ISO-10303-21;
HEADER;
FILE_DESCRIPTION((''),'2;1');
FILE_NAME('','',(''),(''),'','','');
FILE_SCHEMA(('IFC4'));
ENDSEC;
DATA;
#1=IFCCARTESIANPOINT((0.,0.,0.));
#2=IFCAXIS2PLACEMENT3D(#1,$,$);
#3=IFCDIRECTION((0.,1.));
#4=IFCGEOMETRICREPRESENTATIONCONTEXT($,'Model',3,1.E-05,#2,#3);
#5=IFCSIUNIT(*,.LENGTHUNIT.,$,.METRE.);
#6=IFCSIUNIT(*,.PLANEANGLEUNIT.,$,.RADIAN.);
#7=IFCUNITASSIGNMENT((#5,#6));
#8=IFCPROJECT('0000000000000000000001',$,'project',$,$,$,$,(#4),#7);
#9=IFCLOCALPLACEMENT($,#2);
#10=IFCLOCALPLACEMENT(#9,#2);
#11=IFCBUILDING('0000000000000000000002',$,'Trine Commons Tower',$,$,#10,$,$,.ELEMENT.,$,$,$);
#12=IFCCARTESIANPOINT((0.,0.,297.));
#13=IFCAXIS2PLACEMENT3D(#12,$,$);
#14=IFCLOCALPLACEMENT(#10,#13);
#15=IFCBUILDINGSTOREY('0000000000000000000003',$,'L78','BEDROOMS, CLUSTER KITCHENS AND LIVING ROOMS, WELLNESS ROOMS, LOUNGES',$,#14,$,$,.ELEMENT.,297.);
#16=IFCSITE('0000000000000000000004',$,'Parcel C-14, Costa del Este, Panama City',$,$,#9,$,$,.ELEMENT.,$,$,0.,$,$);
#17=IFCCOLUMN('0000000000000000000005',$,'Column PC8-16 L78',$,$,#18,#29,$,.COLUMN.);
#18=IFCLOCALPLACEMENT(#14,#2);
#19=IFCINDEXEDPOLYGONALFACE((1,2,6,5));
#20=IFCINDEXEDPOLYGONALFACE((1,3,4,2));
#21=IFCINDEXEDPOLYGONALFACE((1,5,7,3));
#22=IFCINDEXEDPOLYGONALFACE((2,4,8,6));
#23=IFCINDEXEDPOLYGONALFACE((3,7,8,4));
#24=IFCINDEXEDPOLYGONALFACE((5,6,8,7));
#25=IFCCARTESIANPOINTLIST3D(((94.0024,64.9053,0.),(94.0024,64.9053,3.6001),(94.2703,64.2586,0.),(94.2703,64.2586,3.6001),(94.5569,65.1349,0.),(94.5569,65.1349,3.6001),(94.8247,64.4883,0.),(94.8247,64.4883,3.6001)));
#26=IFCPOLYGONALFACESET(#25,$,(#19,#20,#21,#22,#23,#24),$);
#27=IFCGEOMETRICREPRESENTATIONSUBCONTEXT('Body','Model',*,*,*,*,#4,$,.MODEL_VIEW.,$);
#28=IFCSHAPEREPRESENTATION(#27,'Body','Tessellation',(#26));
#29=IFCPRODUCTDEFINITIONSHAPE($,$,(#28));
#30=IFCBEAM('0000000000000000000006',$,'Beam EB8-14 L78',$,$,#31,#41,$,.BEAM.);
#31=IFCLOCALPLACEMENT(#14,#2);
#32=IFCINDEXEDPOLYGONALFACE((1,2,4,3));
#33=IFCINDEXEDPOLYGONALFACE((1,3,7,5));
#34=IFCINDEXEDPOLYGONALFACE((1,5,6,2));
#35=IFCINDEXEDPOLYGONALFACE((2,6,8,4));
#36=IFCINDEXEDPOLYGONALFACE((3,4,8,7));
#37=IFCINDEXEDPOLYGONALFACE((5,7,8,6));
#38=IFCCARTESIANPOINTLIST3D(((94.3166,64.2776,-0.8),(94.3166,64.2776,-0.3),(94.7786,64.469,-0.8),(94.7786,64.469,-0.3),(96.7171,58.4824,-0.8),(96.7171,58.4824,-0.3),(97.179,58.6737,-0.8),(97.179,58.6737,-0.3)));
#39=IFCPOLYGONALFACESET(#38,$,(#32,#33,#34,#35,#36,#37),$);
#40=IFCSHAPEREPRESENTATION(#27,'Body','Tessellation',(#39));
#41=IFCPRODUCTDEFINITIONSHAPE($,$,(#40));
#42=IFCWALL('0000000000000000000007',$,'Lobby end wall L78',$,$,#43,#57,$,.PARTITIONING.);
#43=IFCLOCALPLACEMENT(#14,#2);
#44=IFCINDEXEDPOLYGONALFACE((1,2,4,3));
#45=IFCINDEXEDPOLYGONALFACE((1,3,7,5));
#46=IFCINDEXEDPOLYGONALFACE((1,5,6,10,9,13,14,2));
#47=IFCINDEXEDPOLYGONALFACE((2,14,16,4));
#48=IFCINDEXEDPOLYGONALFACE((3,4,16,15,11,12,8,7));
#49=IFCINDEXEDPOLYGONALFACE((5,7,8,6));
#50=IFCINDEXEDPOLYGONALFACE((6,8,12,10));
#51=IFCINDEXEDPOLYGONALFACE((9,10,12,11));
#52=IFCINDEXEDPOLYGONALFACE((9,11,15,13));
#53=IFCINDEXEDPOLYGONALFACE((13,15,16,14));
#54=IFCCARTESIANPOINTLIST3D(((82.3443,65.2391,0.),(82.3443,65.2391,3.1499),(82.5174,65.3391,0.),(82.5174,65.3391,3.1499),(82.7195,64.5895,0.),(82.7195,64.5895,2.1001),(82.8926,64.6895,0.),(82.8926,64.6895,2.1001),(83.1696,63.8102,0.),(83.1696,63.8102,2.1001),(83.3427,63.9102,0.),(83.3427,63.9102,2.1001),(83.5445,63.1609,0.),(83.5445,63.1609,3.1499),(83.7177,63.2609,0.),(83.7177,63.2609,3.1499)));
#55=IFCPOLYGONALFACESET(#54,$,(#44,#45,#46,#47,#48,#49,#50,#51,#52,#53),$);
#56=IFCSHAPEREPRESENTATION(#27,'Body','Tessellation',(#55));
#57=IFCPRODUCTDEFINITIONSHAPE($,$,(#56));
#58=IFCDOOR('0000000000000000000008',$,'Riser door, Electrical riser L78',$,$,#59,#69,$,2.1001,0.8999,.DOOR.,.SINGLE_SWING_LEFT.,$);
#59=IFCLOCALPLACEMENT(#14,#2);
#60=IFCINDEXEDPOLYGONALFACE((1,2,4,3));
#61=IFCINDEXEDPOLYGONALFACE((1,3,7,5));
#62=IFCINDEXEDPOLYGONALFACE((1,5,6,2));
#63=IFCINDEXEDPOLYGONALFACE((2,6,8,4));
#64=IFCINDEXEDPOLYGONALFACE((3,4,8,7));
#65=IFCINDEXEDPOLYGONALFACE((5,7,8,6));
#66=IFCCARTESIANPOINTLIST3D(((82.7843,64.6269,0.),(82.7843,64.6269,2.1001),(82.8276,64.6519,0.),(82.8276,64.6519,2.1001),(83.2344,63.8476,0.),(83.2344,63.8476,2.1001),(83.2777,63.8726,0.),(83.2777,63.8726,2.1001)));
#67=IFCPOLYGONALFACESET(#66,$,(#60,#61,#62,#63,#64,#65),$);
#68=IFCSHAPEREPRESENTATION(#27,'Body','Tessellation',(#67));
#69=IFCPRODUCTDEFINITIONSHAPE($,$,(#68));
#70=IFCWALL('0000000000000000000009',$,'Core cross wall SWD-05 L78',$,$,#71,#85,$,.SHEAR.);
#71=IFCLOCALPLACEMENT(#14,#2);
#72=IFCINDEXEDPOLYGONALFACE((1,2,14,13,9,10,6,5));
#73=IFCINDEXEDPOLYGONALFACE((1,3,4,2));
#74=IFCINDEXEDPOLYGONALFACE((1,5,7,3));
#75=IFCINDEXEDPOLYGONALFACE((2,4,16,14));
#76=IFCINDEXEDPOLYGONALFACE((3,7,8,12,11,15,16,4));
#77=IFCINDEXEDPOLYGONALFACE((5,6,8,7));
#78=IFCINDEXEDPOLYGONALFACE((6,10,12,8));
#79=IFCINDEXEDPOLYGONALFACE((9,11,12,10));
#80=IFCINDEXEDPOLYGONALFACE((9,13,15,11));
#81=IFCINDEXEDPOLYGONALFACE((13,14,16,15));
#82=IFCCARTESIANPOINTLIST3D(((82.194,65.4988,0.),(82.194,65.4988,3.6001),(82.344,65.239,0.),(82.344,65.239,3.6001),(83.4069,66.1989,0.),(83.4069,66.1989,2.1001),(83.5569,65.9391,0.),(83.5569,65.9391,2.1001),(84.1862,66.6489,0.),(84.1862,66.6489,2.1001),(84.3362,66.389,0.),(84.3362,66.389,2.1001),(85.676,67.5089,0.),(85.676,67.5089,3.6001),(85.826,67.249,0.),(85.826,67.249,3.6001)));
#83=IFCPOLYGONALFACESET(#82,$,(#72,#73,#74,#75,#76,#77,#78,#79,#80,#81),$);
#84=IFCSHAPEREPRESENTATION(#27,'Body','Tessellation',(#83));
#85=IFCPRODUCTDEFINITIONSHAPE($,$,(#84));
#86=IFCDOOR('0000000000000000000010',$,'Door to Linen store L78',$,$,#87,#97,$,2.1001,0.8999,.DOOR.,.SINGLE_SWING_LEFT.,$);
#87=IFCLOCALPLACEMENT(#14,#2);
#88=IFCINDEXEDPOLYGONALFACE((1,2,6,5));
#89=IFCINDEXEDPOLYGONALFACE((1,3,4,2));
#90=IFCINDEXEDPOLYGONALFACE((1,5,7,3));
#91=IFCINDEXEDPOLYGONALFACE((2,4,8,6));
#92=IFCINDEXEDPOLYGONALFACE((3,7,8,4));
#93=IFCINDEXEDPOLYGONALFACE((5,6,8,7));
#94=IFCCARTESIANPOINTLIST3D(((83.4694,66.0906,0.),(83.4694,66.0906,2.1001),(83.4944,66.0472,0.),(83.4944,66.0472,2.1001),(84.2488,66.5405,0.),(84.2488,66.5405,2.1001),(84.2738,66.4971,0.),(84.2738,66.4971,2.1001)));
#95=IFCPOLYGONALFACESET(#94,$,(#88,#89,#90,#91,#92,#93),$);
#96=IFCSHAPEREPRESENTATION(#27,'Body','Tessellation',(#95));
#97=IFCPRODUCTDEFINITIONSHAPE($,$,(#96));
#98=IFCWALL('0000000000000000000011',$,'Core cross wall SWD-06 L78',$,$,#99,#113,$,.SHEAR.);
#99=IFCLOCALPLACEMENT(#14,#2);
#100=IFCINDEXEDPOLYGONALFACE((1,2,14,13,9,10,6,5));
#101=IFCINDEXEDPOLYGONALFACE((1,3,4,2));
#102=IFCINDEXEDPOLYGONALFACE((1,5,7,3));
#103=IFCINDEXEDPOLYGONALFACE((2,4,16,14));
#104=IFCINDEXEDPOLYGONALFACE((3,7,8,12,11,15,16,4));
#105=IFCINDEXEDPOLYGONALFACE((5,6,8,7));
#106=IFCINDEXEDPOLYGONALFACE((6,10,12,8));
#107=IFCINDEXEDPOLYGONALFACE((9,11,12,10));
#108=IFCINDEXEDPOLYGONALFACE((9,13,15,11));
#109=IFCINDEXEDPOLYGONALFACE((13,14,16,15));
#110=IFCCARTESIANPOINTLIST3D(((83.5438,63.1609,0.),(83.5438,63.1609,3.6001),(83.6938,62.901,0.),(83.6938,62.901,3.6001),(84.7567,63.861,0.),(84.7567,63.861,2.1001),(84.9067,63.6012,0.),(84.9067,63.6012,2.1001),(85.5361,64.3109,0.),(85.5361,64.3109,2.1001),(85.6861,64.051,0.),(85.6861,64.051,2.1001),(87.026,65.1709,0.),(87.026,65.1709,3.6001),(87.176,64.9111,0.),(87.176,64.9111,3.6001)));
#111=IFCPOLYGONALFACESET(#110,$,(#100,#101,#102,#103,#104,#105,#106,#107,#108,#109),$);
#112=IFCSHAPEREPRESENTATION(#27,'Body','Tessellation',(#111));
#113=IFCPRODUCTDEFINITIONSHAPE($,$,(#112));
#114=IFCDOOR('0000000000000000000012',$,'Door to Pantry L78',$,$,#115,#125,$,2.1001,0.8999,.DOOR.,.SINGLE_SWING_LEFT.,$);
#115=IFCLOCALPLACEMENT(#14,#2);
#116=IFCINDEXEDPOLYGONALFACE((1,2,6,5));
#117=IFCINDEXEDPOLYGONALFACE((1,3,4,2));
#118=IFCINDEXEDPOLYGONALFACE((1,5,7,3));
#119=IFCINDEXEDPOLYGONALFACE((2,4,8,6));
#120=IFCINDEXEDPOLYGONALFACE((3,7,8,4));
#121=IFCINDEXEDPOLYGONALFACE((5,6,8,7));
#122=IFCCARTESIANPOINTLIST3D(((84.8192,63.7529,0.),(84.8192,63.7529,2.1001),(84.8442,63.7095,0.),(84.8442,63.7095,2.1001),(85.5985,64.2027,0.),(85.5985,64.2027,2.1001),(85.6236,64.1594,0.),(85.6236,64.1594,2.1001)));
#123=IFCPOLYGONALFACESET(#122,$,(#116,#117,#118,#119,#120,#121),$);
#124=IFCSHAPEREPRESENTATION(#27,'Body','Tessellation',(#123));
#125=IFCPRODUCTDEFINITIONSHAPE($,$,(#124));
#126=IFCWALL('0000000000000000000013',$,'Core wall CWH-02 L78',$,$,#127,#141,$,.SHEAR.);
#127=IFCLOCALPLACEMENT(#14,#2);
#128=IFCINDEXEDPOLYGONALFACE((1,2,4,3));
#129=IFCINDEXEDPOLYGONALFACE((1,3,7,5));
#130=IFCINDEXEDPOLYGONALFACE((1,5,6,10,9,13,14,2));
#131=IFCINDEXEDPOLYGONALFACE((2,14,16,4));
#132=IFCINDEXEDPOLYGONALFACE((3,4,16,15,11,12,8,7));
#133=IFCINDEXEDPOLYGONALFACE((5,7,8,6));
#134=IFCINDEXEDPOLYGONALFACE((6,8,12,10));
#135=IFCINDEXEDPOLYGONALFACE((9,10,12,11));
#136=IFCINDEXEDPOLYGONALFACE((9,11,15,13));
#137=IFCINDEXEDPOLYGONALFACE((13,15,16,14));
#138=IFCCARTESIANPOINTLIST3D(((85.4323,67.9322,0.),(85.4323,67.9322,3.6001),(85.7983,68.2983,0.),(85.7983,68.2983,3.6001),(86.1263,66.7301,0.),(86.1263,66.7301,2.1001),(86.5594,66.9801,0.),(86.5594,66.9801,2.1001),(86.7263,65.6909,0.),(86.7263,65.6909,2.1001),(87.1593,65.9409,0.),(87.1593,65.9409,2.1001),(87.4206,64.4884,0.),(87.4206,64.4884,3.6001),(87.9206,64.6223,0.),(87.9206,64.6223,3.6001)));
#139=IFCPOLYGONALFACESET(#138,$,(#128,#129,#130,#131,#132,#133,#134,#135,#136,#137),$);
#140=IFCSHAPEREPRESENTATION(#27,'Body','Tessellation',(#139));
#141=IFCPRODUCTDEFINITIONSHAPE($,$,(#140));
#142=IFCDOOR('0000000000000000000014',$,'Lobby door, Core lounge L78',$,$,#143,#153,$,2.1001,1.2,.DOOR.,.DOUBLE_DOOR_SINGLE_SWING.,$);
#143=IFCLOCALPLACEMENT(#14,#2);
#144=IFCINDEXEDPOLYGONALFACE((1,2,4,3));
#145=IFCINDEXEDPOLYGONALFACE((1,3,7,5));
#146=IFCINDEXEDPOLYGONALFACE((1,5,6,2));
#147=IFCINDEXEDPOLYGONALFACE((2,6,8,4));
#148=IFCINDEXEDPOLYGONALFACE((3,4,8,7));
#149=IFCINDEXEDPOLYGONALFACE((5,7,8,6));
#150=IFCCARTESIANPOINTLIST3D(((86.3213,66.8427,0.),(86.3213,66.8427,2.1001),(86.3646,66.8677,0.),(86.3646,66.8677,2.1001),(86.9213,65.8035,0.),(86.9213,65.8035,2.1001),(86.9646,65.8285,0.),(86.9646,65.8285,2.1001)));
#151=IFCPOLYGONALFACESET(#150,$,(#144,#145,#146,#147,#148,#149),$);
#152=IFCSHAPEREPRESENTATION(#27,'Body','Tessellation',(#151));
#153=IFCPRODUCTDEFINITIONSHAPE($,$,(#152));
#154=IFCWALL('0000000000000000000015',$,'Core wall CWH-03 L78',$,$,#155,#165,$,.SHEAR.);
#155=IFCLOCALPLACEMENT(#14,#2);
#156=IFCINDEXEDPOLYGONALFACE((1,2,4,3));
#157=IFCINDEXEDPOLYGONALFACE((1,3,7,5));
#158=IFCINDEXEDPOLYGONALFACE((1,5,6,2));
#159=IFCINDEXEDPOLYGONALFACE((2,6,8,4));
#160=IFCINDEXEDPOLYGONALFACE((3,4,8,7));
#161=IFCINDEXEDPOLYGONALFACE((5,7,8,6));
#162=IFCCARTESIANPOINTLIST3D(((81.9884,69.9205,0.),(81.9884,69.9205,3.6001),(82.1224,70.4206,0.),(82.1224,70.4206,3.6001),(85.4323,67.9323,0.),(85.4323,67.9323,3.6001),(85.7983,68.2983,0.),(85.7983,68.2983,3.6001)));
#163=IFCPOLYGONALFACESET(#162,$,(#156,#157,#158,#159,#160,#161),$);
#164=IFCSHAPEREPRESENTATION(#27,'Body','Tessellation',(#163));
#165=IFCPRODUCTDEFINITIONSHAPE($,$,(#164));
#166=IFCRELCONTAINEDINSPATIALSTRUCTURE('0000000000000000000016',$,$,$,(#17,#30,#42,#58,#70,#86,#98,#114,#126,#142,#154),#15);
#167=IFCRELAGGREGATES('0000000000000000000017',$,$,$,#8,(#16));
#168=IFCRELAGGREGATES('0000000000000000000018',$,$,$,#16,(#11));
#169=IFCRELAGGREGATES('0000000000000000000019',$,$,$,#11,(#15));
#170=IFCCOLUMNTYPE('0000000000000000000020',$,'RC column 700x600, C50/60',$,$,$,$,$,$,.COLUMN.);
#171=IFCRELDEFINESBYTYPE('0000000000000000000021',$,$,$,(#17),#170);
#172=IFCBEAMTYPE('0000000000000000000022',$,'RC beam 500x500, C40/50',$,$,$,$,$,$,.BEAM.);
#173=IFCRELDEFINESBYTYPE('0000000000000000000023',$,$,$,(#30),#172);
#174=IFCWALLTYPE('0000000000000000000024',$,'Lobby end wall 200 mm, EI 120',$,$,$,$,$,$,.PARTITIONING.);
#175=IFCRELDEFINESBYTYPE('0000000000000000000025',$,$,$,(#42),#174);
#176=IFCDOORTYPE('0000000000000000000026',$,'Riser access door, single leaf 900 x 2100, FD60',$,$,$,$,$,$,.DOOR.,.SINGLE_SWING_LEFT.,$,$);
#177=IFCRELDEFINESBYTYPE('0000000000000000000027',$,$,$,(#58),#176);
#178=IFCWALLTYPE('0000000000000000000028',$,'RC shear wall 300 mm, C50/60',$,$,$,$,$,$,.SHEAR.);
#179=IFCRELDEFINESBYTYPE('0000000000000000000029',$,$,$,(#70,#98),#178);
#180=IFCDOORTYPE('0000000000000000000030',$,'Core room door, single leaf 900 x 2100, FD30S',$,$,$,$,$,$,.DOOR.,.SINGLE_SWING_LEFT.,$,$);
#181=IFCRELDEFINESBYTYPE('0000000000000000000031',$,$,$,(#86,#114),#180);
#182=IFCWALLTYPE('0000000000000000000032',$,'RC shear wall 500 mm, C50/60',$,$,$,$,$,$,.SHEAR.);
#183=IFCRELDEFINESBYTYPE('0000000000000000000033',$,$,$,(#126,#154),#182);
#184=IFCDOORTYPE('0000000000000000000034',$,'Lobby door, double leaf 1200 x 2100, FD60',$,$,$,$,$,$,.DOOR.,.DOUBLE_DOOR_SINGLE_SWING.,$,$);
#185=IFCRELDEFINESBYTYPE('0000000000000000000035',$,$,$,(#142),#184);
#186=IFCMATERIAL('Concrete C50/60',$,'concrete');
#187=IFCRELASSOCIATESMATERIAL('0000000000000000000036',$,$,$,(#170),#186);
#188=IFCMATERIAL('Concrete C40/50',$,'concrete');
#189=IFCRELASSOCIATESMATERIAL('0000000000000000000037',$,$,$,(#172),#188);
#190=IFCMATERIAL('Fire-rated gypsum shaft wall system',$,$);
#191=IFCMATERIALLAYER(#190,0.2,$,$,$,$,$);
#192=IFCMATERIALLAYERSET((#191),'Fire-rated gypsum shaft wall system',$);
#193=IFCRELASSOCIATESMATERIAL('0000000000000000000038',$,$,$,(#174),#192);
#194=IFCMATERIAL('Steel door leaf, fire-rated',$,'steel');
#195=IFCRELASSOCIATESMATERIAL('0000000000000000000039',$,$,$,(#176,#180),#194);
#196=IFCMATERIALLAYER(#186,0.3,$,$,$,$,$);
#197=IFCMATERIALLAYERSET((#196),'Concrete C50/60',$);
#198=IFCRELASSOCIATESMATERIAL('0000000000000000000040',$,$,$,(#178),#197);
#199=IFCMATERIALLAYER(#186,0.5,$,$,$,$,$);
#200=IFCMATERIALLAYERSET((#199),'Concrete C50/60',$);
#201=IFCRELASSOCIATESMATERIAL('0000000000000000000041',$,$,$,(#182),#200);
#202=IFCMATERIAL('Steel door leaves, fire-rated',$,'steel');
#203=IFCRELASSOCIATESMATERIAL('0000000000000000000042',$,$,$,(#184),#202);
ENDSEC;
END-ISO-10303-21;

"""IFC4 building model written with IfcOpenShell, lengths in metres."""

from ifc_helpers import new_model, si_unit, direction, frame, frame_2d, origin, origin_2d, place, context, subcontext, project, spatial, polyline, rectangle, outline, extrude, material, layer, layer_set, material_profile, profile_set, type_object, element, fill, save


model = new_model("IFC4")

# Units and contexts
model_context = context("Model", 3, precision=1e-05, world=origin(), true_north=direction((0.0, 1.0)))
body_context = subcontext(model_context, "Body", "Model", "MODEL_VIEW")
ifc_project = project(units=[si_unit("LENGTHUNIT", "METRE"), si_unit("PLANEANGLEUNIT", "RADIAN")], contexts=[model_context])

# Site, building, storey
site_placement = place(None, origin())
site = spatial("IfcSite", under=ifc_project, at=site_placement, Name="Parcel C-14, Costa del Este, Panama City", CompositionType="ELEMENT", RefElevation=0.0)
building_placement = place(site_placement, origin())
building = spatial("IfcBuilding", under=site, at=building_placement, Name="Trine Commons Tower", CompositionType="ELEMENT")
storey_placement = place(building_placement, frame((0.0, 0.0, 297.0)))
storey = spatial("IfcBuildingStorey", under=building, at=storey_placement, Name="L78", Description="BEDROOMS, CLUSTER KITCHENS AND LIVING ROOMS, WELLNESS ROOMS, LOUNGES", CompositionType="ELEMENT", Elevation=297.0)

# Column
ifc_material_1 = material(Name="Concrete C50/60", Category="concrete")
ifc_material_profile_1 = material_profile(ifc_material_1, rectangle(XDim=0.7, YDim=0.6001, at=origin_2d()), Name="RC 700x600")
ifc_profile_set_1 = profile_set([ifc_material_profile_1], Name="Concrete C50/60")
column_type = type_object("IfcColumnType", Name="RC column 700x600, C50/60", PredefinedType="COLUMN", material=ifc_profile_set_1)
column_placement = place(storey_placement, frame((94.4136, 64.6968, 0.0), z_axis=(0.0, 0.0, 1.0), x_axis=(-0.382683, 0.92388, 0.0)))
element("IfcColumn", 1, at=column_placement, inside=storey, type_object=column_type, Name="Column PC8-16 L78", PredefinedType="COLUMN", context=body_context, shape_type="SweptSolid", body=[
    extrude(rectangle(XDim=0.7, YDim=0.6001, at=origin_2d()), origin(), (0.0, 0.0, 1.0), 3.6001),
])

# Beam
ifc_material_2 = material(Name="Concrete C40/50", Category="concrete")
ifc_material_profile_2 = material_profile(ifc_material_2, rectangle(XDim=0.5, YDim=0.5, at=origin_2d()), Name="RC 500x500")
ifc_profile_set_2 = profile_set([ifc_material_profile_2], Name="Concrete C40/50")
beam_type = type_object("IfcBeamType", Name="RC beam 500x500, C40/50", PredefinedType="BEAM", material=ifc_profile_set_2)
beam_placement = place(storey_placement, frame((94.5476, 64.3733, -0.55), z_axis=(0.382677, -0.923882, 0.0), x_axis=(0.923882, 0.382677, 0.0)))
element("IfcBeam", 2, at=beam_placement, inside=storey, type_object=beam_type, Name="Beam EB8-14 L78", PredefinedType="BEAM", context=body_context, shape_type="SweptSolid", body=[
    extrude(rectangle(XDim=0.5, YDim=0.5, at=origin_2d()), origin(), (0.0, 0.0, 1.0), 6.2727),
])

# Walls, openings, doors
ifc_material_3 = material(Name="Fire-rated gypsum shaft wall system")
ifc_layer_1 = layer(ifc_material_3, 0.2)
ifc_layer_set_1 = layer_set([ifc_layer_1], Name="Fire-rated gypsum shaft wall system")
wall_type_1 = type_object("IfcWallType", Name="Lobby end wall 200 mm, EI 120", PredefinedType="PARTITIONING", material=ifc_layer_set_1)
wall_1_placement = place(storey_placement, frame((83.6311, 63.2109, 0.0), z_axis=(0.0, 0.0, 1.0), x_axis=(-0.500122, 0.865955, 0.0)))
wall_1 = element("IfcWall", 3, at=wall_1_placement, inside=storey, type_object=wall_type_1, Name="Lobby end wall L78", PredefinedType="PARTITIONING", context=body_context, shape_type="SweptSolid", body=[
    extrude(rectangle(XDim=2.3999, YDim=0.2, at=frame_2d((1.2, 0.0))), origin(), (0.0, 0.0, 1.0), 3.1499),
])
opening_1_placement = place(wall_1_placement, frame((0.7498, 0.0, 0.0)))
opening_1 = element("IfcOpeningElement", 4, at=opening_1_placement, cuts=wall_1, PredefinedType="OPENING", context=body_context, shape_type="SweptSolid", body=[
    extrude(rectangle(XDim=0.8999, YDim=2.1001, at=frame_2d((0.45, 1.05))), frame((0.0, 0.1099, 0.0), z_axis=(0.0, -1.0, 0.0), x_axis=(1.0, 0.0, 0.0)), (0.0, 0.0, 1.0), 0.22),
])
ifc_material_4 = material(Name="Steel door leaf, fire-rated", Category="steel")
door_type_1 = type_object("IfcDoorType", Name="Riser access door, single leaf 900 x 2100, FD60", OperationType="SINGLE_SWING_LEFT", PredefinedType="DOOR", material=ifc_material_4)
door_1_placement = place(opening_1_placement, frame((0.8999, 0.0, 0.0), z_axis=(0.0, 0.0, 1.0), x_axis=(-1.0, 0.0, 0.0)))
door_1 = element("IfcDoor", 5, at=door_1_placement, inside=storey, type_object=door_type_1, Name="Riser door, Electrical riser L78", OperationType="SINGLE_SWING_LEFT", OverallHeight=2.1001, OverallWidth=0.8999, PredefinedType="DOOR", context=body_context, shape_type="SweptSolid", body=[
    extrude(rectangle(XDim=0.8999, YDim=2.1001, at=frame_2d((0.45, 1.05))), frame((0.0, 0.0249, 0.0), z_axis=(0.0, -1.0, 0.0), x_axis=(1.0, 0.0, 0.0)), (0.0, 0.0, 1.0), 0.05),
])
fill(opening_1, door_1)
ifc_layer_2 = layer(ifc_material_1, 0.3)
ifc_layer_set_2 = layer_set([ifc_layer_2], Name="Concrete C50/60")
wall_type_2 = type_object("IfcWallType", Name="RC shear wall 300 mm, C50/60", PredefinedType="SHEAR", material=ifc_layer_set_2)
wall_2_placement = place(storey_placement, frame((82.269, 65.3689, 0.0), z_axis=(0.0, 0.0, 1.0), x_axis=(0.866056, 0.499947, 0.0)))
wall_2 = element("IfcWall", 6, at=wall_2_placement, inside=storey, type_object=wall_type_2, Name="Core cross wall SWD-05 L78", PredefinedType="SHEAR", context=body_context, shape_type="SweptSolid", body=[
    extrude(rectangle(XDim=4.0205, YDim=0.3, at=frame_2d((2.0103, 0.0))), origin(), (0.0, 0.0, 1.0), 3.6001),
])
opening_2_placement = place(wall_2_placement, frame((1.4004, 0.0, 0.0)))
opening_2 = element("IfcOpeningElement", 7, at=opening_2_placement, cuts=wall_2, PredefinedType="OPENING", context=body_context, shape_type="SweptSolid", body=[
    extrude(rectangle(XDim=0.8999, YDim=2.1001, at=frame_2d((0.45, 1.05))), frame((0.0, 0.1599, 0.0), z_axis=(0.0, -1.0, 0.0), x_axis=(1.0, 0.0, 0.0)), (0.0, 0.0, 1.0), 0.3201),
])
door_type_2 = type_object("IfcDoorType", Name="Core room door, single leaf 900 x 2100, FD30S", OperationType="SINGLE_SWING_LEFT", PredefinedType="DOOR", material=ifc_material_4)
door_2_placement = place(opening_2_placement, origin())
door_2 = element("IfcDoor", 8, at=door_2_placement, inside=storey, type_object=door_type_2, Name="Door to Linen store L78", OperationType="SINGLE_SWING_LEFT", OverallHeight=2.1001, OverallWidth=0.8999, PredefinedType="DOOR", context=body_context, shape_type="SweptSolid", body=[
    extrude(rectangle(XDim=0.8999, YDim=2.1001, at=frame_2d((0.45, 1.05))), frame((0.0, 0.0249, 0.0), z_axis=(0.0, -1.0, 0.0), x_axis=(1.0, 0.0, 0.0)), (0.0, 0.0, 1.0), 0.05),
])
fill(opening_2, door_2)
wall_3_placement = place(storey_placement, frame((83.6189, 63.031, 0.0), z_axis=(0.0, 0.0, 1.0), x_axis=(0.866071, 0.49992, 0.0)))
wall_3 = element("IfcWall", 9, at=wall_3_placement, inside=storey, type_object=wall_type_2, Name="Core cross wall SWD-06 L78", PredefinedType="SHEAR", context=body_context, shape_type="SweptSolid", body=[
    extrude(rectangle(XDim=4.0208, YDim=0.3, at=frame_2d((2.0103, 0.0))), origin(), (0.0, 0.0, 1.0), 3.6001),
])
opening_3_placement = place(wall_3_placement, frame((1.4004, 0.0, 0.0)))
opening_3 = element("IfcOpeningElement", 10, at=opening_3_placement, cuts=wall_3, PredefinedType="OPENING", context=body_context, shape_type="SweptSolid", body=[
    extrude(rectangle(XDim=0.8999, YDim=2.1001, at=frame_2d((0.45, 1.05))), frame((0.0, 0.1599, 0.0), z_axis=(0.0, -1.0, 0.0), x_axis=(1.0, 0.0, 0.0)), (0.0, 0.0, 1.0), 0.3201),
])
door_3_placement = place(opening_3_placement, frame((0.8999, 0.0, 0.0), z_axis=(0.0, 0.0, 1.0), x_axis=(-1.0, 0.0, 0.0)))
door_3 = element("IfcDoor", 11, at=door_3_placement, inside=storey, type_object=door_type_2, Name="Door to Pantry L78", OperationType="SINGLE_SWING_LEFT", OverallHeight=2.1001, OverallWidth=0.8999, PredefinedType="DOOR", context=body_context, shape_type="SweptSolid", body=[
    extrude(rectangle(XDim=0.8999, YDim=2.1001, at=frame_2d((0.45, 1.05))), frame((0.0, 0.0249, 0.0), z_axis=(0.0, -1.0, 0.0), x_axis=(1.0, 0.0, 0.0)), (0.0, 0.0, 1.0), 0.05),
])
fill(opening_3, door_3)
ifc_layer_3 = layer(ifc_material_1, 0.5)
ifc_layer_set_3 = layer_set([ifc_layer_3], Name="Concrete C50/60")
wall_type_3 = type_object("IfcWallType", Name="RC shear wall 500 mm, C50/60", PredefinedType="SHEAR", material=ifc_layer_set_3)
wall_4_placement = place(storey_placement, frame((87.7041, 64.4973, 0.0), z_axis=(0.0, 0.0, 1.0), x_axis=(-0.499993, 0.866029, 0.0)))
wall_4 = element("IfcWall", 12, at=wall_4_placement, inside=storey, type_object=wall_type_3, Name="Core wall CWH-02 L78", PredefinedType="SHEAR", context=body_context, shape_type="SweptSolid", body=[
    extrude(outline(polyline([(0.0, -0.25), (4.2446, -0.25), (4.1106, 0.25), (0.134, 0.25), (0.0, -0.25)])), origin(), (0.0, 0.0, 1.0), 3.6001),
])
opening_4_placement = place(wall_4_placement, frame((1.5225, 0.0, 0.0)))
opening_4 = element("IfcOpeningElement", 13, at=opening_4_placement, cuts=wall_4, PredefinedType="OPENING", context=body_context, shape_type="SweptSolid", body=[
    extrude(rectangle(XDim=1.2, YDim=2.1001, at=frame_2d((0.6001, 1.05))), frame((0.0, 0.26, 0.0), z_axis=(0.0, -1.0, 0.0), x_axis=(1.0, 0.0, 0.0)), (0.0, 0.0, 1.0), 0.52),
])
ifc_material_5 = material(Name="Steel door leaves, fire-rated", Category="steel")
door_type_3 = type_object("IfcDoorType", Name="Lobby door, double leaf 1200 x 2100, FD60", OperationType="DOUBLE_DOOR_SINGLE_SWING", PredefinedType="DOOR", material=ifc_material_5)
door_4_placement = place(opening_4_placement, origin())
door_4 = element("IfcDoor", 14, at=door_4_placement, inside=storey, type_object=door_type_3, Name="Lobby door, Core lounge L78", OperationType="DOUBLE_DOOR_SINGLE_SWING", OverallHeight=2.1001, OverallWidth=1.2, PredefinedType="DOOR", context=body_context, shape_type="SweptSolid", body=[
    extrude(rectangle(XDim=1.2, YDim=2.1001, at=frame_2d((0.6001, 1.05))), frame((0.0, 0.0249, 0.0), z_axis=(0.0, -1.0, 0.0), x_axis=(1.0, 0.0, 0.0)), (0.0, 0.0, 1.0), 0.05),
])
fill(opening_4, door_4)

# Wall
wall_5_placement = place(storey_placement, frame((85.6733, 68.0818, 0.0), z_axis=(0.0, 0.0, 1.0), x_axis=(-0.866029, 0.499993, 0.0)))
element("IfcWall", 15, at=wall_5_placement, inside=storey, type_object=wall_type_3, Name="Core wall CWH-03 L78", PredefinedType="SHEAR", context=body_context, shape_type="SweptSolid", body=[
    extrude(outline(polyline([(0.0, -0.25), (4.2446, -0.25), (4.1106, 0.25), (0.134, 0.25), (0.0, -0.25)])), origin(), (0.0, 0.0, 1.0), 3.6001),
])

save(model, "model.ifc")
